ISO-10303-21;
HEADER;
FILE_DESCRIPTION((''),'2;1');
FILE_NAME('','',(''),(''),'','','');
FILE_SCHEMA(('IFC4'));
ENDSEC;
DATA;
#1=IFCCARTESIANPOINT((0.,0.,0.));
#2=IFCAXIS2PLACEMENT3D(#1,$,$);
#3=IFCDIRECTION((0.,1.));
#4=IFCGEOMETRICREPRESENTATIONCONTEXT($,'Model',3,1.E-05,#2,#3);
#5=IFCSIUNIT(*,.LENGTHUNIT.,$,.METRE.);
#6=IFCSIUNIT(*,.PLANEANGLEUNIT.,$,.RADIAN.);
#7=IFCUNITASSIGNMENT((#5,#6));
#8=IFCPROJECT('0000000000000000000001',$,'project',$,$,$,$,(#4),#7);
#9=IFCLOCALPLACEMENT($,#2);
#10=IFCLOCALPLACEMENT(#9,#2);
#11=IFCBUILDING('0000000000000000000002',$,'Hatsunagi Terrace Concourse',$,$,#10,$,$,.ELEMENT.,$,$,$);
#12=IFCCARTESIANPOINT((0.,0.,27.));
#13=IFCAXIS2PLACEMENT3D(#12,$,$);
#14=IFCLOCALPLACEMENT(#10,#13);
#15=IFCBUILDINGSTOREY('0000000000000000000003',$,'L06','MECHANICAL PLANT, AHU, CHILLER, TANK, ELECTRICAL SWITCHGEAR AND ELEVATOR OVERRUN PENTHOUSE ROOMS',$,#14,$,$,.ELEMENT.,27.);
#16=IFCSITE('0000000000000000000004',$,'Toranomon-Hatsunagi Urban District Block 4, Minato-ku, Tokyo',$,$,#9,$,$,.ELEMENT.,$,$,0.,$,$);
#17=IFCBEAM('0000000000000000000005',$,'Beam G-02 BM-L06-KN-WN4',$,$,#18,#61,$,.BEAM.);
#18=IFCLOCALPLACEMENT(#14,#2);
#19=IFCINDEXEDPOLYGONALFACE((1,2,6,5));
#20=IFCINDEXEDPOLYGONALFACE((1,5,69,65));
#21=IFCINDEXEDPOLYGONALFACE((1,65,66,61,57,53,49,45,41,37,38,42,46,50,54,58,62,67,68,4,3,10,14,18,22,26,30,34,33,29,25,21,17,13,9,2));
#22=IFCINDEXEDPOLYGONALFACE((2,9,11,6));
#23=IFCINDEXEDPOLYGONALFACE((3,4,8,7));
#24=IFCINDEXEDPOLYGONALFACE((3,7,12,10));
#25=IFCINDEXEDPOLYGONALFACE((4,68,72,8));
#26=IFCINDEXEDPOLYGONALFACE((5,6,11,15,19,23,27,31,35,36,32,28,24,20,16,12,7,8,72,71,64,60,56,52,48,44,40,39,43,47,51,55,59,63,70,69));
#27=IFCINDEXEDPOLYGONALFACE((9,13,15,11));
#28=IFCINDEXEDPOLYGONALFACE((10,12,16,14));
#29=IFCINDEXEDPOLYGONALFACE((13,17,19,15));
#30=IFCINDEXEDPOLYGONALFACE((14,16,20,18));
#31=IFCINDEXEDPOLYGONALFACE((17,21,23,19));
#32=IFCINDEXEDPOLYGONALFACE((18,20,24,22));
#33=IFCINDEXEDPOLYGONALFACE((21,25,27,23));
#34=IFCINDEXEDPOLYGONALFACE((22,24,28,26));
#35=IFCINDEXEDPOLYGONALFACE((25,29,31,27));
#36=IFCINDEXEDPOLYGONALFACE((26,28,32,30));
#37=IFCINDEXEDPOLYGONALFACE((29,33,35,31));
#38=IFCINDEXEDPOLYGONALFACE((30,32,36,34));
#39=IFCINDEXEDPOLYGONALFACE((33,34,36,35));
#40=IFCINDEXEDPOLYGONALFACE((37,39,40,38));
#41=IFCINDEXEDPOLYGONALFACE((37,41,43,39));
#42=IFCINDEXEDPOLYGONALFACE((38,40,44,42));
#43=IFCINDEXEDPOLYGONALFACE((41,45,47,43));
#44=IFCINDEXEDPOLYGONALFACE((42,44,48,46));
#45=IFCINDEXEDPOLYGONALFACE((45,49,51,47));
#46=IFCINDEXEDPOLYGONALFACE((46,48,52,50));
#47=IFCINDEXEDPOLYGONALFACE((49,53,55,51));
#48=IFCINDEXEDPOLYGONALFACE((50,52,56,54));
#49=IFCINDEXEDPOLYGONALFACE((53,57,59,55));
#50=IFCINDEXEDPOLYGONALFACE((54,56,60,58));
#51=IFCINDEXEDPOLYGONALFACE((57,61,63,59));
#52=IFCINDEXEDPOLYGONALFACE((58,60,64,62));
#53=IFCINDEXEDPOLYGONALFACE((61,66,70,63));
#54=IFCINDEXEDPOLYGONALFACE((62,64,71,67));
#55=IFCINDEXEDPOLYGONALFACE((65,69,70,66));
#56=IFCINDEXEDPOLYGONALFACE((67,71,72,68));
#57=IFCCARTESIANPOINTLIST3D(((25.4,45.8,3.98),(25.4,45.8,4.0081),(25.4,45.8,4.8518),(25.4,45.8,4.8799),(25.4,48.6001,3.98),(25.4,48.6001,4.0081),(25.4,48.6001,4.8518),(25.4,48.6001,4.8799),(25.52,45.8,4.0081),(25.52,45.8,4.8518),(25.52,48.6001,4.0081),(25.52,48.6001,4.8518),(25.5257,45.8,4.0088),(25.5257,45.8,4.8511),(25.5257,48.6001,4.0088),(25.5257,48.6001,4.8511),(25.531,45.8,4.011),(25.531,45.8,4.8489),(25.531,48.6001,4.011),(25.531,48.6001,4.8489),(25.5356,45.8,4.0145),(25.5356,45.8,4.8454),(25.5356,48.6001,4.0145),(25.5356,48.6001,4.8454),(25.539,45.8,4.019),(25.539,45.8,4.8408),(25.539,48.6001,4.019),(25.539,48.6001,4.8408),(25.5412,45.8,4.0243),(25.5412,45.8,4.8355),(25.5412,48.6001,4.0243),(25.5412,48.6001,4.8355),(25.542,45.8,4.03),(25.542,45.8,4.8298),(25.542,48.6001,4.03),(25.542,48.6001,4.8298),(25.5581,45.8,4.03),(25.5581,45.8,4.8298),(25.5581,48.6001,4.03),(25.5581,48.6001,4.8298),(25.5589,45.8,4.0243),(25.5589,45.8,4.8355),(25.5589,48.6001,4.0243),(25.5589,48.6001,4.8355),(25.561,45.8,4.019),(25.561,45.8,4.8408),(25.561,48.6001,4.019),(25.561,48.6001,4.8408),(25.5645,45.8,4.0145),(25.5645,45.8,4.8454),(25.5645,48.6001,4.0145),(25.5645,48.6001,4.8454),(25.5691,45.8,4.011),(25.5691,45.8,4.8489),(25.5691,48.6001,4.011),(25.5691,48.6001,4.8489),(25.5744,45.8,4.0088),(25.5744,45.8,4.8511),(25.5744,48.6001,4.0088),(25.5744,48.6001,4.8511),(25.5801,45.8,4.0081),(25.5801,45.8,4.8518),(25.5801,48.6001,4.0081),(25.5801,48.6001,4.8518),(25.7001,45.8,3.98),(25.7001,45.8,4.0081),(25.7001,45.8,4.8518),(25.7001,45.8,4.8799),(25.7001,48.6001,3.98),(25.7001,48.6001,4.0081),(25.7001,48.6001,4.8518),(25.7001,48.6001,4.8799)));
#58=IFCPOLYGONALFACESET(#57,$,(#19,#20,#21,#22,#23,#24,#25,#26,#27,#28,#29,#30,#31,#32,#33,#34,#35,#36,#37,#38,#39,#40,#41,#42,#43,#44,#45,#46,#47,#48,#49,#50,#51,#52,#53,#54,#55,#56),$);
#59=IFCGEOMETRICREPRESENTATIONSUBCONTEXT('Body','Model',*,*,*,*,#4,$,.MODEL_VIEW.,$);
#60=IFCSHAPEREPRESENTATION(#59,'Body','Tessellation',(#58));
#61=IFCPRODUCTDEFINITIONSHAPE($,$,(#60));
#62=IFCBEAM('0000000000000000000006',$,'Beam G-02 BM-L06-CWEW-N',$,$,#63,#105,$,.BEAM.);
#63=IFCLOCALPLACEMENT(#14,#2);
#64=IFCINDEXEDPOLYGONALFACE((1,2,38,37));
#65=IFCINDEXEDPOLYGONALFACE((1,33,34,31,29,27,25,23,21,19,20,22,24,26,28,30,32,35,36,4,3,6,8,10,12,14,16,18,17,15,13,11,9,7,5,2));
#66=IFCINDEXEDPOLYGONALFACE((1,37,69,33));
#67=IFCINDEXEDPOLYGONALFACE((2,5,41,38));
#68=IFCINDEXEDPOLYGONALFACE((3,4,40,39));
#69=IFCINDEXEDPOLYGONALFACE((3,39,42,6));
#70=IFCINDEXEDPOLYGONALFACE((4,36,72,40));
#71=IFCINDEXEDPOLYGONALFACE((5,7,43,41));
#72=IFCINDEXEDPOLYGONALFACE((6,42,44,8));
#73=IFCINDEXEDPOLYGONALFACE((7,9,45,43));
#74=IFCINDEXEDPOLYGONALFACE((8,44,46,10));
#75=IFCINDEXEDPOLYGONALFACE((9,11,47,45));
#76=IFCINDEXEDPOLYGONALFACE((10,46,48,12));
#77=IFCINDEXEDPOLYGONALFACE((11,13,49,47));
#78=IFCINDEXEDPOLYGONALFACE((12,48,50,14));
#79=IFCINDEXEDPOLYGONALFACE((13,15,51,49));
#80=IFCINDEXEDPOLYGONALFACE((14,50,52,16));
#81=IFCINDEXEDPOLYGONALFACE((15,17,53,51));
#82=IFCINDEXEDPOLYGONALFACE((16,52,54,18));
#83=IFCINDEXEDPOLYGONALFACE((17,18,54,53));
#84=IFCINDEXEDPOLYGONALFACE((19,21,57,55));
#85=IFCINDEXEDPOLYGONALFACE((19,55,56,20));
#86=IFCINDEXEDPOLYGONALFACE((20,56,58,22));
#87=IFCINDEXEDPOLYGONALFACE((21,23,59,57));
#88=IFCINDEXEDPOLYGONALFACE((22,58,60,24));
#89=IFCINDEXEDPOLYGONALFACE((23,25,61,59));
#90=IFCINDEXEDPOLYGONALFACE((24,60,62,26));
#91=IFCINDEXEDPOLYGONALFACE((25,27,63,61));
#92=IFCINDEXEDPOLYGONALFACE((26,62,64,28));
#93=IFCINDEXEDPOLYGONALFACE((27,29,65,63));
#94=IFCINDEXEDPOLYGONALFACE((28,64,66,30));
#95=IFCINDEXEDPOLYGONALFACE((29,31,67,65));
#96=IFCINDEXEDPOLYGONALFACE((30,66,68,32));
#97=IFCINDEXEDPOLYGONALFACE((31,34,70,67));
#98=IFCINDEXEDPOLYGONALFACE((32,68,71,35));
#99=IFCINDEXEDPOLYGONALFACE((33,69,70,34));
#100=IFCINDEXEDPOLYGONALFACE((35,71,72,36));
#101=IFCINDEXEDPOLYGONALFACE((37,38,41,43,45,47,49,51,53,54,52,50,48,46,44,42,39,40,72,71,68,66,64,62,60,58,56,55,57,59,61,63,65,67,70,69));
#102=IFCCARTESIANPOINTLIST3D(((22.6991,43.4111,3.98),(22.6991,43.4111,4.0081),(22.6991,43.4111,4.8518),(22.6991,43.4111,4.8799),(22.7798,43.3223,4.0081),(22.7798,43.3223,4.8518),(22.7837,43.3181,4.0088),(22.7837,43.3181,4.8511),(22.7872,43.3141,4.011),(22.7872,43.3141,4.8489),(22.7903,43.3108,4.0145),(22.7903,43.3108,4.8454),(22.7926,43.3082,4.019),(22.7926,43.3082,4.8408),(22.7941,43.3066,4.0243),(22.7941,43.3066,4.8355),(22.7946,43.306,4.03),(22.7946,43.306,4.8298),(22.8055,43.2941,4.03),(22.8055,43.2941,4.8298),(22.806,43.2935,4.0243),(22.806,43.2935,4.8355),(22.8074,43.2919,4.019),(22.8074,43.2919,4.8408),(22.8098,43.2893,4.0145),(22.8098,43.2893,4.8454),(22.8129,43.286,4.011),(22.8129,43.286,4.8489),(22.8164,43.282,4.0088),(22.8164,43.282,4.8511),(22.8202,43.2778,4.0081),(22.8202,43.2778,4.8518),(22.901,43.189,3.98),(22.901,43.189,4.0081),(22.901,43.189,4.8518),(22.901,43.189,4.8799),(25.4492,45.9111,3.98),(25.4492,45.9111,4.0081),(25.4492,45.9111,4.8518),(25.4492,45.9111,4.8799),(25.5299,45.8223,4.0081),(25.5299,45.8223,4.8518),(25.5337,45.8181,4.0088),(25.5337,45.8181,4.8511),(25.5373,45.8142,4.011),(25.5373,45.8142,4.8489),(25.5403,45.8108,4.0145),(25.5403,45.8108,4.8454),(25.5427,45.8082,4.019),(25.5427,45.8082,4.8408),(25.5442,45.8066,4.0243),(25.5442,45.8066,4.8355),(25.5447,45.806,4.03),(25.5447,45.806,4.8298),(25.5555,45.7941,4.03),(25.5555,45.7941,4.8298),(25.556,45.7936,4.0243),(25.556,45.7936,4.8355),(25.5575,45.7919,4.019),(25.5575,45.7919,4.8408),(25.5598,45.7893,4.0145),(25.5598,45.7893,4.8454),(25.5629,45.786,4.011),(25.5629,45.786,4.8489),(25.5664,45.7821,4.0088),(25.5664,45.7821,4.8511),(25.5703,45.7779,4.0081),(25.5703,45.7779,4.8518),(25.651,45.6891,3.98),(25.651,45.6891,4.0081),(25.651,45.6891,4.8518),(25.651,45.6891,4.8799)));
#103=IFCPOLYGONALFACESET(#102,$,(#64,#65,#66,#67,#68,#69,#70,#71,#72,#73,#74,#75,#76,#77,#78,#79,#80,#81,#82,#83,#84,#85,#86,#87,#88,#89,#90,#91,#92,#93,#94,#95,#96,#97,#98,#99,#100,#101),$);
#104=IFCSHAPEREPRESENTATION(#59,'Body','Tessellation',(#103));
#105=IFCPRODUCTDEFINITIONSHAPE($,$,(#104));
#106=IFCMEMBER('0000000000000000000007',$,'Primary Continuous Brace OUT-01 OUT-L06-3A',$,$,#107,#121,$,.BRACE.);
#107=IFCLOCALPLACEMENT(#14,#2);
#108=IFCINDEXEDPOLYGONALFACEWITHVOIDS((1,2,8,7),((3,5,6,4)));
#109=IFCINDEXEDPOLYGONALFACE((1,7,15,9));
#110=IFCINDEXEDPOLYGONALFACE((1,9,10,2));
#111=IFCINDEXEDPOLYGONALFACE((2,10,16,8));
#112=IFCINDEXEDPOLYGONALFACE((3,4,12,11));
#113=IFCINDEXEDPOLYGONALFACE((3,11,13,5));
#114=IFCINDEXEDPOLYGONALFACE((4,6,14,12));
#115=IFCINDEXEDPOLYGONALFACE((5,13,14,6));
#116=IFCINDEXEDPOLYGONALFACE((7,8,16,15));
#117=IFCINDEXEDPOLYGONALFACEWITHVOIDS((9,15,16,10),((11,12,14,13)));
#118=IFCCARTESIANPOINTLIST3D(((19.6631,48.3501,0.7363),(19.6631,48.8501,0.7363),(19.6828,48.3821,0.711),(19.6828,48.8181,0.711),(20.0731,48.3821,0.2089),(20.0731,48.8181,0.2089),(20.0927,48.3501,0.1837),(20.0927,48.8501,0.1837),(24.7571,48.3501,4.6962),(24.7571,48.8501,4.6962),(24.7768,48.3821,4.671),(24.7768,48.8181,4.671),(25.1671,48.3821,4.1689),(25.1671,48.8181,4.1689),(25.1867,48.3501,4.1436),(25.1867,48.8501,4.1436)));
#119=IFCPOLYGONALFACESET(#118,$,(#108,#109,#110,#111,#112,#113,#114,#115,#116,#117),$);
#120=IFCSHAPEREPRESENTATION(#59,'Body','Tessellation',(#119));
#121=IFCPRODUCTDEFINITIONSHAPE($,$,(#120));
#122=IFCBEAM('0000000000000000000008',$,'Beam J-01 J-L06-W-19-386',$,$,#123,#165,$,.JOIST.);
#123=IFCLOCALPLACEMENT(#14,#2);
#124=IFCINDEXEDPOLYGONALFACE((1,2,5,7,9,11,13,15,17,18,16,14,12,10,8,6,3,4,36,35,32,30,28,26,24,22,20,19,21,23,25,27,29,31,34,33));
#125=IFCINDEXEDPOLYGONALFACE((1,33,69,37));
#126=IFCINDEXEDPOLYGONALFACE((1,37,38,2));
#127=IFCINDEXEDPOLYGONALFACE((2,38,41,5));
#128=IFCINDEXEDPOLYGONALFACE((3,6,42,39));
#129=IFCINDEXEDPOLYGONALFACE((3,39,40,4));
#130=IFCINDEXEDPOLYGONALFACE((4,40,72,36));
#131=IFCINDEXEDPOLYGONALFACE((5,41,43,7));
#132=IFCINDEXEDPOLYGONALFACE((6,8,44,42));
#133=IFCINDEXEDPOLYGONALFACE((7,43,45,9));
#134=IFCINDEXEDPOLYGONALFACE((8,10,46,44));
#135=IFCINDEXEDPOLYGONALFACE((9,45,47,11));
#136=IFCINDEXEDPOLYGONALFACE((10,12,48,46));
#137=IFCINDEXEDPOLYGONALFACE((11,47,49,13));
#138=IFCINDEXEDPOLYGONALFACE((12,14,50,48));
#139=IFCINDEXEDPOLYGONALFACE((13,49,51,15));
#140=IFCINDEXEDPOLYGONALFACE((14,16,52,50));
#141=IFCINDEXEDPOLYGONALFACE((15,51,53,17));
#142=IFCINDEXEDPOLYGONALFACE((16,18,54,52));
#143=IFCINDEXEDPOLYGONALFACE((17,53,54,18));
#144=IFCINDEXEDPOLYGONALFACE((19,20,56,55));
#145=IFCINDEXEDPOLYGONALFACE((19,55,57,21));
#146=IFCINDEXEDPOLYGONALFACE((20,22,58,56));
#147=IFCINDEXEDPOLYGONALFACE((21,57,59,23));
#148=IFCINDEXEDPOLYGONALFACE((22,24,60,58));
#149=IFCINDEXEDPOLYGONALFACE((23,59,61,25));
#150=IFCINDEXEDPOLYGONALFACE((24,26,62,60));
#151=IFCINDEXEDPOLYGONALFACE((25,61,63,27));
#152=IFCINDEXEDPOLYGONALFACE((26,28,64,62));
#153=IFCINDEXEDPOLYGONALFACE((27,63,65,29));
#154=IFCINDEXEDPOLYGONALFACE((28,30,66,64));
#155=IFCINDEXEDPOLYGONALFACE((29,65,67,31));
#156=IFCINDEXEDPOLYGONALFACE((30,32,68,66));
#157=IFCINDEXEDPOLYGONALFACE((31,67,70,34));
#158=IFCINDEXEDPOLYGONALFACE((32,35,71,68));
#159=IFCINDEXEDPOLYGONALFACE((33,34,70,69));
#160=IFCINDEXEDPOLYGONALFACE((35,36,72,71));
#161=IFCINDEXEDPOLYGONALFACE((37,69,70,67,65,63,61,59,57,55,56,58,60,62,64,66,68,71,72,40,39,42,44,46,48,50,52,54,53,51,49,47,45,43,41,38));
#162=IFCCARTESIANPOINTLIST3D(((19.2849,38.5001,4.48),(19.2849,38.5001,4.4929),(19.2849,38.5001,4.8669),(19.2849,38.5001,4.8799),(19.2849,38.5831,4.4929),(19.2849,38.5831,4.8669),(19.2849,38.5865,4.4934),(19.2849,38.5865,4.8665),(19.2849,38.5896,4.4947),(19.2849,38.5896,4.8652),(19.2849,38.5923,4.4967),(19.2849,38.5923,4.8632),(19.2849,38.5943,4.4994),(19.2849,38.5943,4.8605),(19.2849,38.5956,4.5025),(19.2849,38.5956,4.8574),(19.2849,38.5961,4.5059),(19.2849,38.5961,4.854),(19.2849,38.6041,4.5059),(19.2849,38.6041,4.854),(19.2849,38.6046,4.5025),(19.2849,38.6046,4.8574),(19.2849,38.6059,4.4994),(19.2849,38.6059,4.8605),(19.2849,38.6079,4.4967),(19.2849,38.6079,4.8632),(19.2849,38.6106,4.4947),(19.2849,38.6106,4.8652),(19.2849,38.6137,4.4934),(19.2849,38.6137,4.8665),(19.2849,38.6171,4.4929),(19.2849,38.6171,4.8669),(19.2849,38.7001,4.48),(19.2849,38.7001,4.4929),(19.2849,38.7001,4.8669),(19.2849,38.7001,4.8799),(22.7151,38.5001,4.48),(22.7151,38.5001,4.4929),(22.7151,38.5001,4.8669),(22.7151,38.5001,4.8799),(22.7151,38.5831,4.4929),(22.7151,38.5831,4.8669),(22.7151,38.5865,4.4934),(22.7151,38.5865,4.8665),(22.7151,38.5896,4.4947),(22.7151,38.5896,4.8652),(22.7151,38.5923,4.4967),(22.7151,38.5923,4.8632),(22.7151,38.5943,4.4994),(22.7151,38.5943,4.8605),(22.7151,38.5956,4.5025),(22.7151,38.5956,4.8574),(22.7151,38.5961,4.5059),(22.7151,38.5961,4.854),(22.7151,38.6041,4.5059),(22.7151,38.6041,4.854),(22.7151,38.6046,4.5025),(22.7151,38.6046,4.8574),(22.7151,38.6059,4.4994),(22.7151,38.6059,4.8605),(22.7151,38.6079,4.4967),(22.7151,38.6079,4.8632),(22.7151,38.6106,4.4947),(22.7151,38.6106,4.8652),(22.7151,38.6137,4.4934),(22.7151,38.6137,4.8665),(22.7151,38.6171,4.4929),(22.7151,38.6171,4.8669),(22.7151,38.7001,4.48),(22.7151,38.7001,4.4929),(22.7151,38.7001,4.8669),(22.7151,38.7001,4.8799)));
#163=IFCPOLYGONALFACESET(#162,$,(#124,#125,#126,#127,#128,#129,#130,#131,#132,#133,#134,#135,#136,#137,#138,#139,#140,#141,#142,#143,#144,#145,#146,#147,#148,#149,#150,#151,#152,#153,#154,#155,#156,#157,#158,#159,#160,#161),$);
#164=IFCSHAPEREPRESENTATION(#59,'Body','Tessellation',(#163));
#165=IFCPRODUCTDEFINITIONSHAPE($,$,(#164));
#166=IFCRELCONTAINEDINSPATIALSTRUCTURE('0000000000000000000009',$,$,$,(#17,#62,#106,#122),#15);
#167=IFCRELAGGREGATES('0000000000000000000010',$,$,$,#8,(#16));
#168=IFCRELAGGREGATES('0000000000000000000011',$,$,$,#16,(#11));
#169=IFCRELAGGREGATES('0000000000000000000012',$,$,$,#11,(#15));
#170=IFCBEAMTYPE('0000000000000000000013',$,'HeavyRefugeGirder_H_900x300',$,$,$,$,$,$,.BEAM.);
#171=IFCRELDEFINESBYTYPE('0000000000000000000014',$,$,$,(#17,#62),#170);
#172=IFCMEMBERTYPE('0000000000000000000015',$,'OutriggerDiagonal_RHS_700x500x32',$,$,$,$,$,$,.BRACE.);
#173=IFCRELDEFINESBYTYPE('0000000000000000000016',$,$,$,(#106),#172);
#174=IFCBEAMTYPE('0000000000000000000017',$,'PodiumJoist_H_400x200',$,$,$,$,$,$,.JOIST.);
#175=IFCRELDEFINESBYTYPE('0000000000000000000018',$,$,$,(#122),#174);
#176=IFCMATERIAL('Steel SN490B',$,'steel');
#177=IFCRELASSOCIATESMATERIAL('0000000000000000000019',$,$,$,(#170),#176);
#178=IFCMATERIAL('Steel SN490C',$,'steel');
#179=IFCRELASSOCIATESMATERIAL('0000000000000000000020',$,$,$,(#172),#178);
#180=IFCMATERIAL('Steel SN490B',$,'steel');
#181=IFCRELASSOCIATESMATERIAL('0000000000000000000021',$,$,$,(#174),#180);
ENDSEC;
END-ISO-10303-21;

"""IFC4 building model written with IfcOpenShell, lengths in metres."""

from ifc_helpers import new_model, si_unit, direction, frame, origin, origin_2d, place, context, subcontext, project, spatial, hollow_rectangle, i_section, extrude, material, material_profile, profile_set, type_object, element, save


model = new_model("IFC4")

# Units and contexts
model_context = context("Model", 3, precision=1e-05, world=origin(), true_north=direction((0.0, 1.0)))
body_context = subcontext(model_context, "Body", "Model", "MODEL_VIEW")
ifc_project = project(units=[si_unit("LENGTHUNIT", "METRE"), si_unit("PLANEANGLEUNIT", "RADIAN")], contexts=[model_context])

# Site, building, storey
site_placement = place(None, origin())
site = spatial("IfcSite", under=ifc_project, at=site_placement, Name="Toranomon-Hatsunagi Urban District Block 4, Minato-ku, Tokyo", CompositionType="ELEMENT", RefElevation=0.0)
building_placement = place(site_placement, origin())
building = spatial("IfcBuilding", under=site, at=building_placement, Name="Hatsunagi Terrace Concourse", CompositionType="ELEMENT")
storey_placement = place(building_placement, frame((0.0, 0.0, 27.0)))
storey = spatial("IfcBuildingStorey", under=building, at=storey_placement, Name="L06", Description="MECHANICAL PLANT, AHU, CHILLER, TANK, ELECTRICAL SWITCHGEAR AND ELEVATOR OVERRUN PENTHOUSE ROOMS", CompositionType="ELEMENT", Elevation=27.0)

# Beams
ifc_material_1 = material(Name="Steel SN490B", Category="steel")
ifc_material_profile_1 = material_profile(ifc_material_1, i_section(OverallWidth=0.3, OverallDepth=0.8999, WebThickness=0.0161, FlangeThickness=0.0281, FilletRadius=0.022, at=origin_2d()), Name="H-900x300x16x28")
ifc_profile_set_1 = profile_set([ifc_material_profile_1], Name="Steel SN490B")
beam_type_1 = type_object("IfcBeamType", Name="HeavyRefugeGirder_H_900x300", PredefinedType="BEAM", material=ifc_profile_set_1)
beam_1_placement = place(storey_placement, frame((25.55, 45.8, 4.4299), z_axis=(0.0, 1.0, 0.0), x_axis=(-1.0, 0.0, 0.0)))
element("IfcBeam", 1, at=beam_1_placement, inside=storey, type_object=beam_type_1, Name="Beam G-02 BM-L06-KN-WN4", PredefinedType="BEAM", context=body_context, shape_type="SweptSolid", body=[
    extrude(i_section(OverallWidth=0.3, OverallDepth=0.8999, WebThickness=0.0161, FlangeThickness=0.0281, FilletRadius=0.022, at=origin_2d()), origin(), (0.0, 0.0, 1.0), 2.8),
])
beam_2_placement = place(storey_placement, frame((22.8, 43.3, 4.4299), z_axis=(0.73994, 0.672673, 0.0), x_axis=(-0.672673, 0.73994, 0.0)))
element("IfcBeam", 2, at=beam_2_placement, inside=storey, type_object=beam_type_1, Name="Beam G-02 BM-L06-CWEW-N", PredefinedType="BEAM", context=body_context, shape_type="SweptSolid", body=[
    extrude(i_section(OverallWidth=0.3, OverallDepth=0.8999, WebThickness=0.0161, FlangeThickness=0.0281, FilletRadius=0.022, at=origin_2d()), origin(), (0.0, 0.0, 1.0), 3.7166),
])

# Member
ifc_material_2 = material(Name="Steel SN490C", Category="steel")
ifc_material_profile_2 = material_profile(ifc_material_2, hollow_rectangle(XDim=0.5, YDim=0.7, WallThickness=0.032, at=origin_2d()), Name="RHS-700x500x32")
ifc_profile_set_2 = profile_set([ifc_material_profile_2], Name="Steel SN490C")
member_type = type_object("IfcMemberType", Name="OutriggerDiagonal_RHS_700x500x32", PredefinedType="BRACE", material=ifc_profile_set_2)
member_placement = place(storey_placement, frame((19.8779, 48.6001, 0.46), z_axis=(0.789505, 0.0, 0.613744), x_axis=(0.0, 1.0, 0.0)))
element("IfcMember", 3, at=member_placement, inside=storey, type_object=member_type, Name="Primary Continuous Brace OUT-01 OUT-L06-3A", PredefinedType="BRACE", context=body_context, shape_type="SweptSolid", body=[
    extrude(hollow_rectangle(XDim=0.5, YDim=0.7, WallThickness=0.032, at=origin_2d()), origin(), (0.0, 0.0, 1.0), 6.4521),
])

# Beam
ifc_material_3 = material(Name="Steel SN490B", Category="steel")
ifc_material_profile_3 = material_profile(ifc_material_3, i_section(OverallWidth=0.2, OverallDepth=0.3999, WebThickness=0.0081, FlangeThickness=0.0129, FilletRadius=0.0129, at=origin_2d()), Name="H-400x200x8x13")
ifc_profile_set_3 = profile_set([ifc_material_profile_3], Name="Steel SN490B")
beam_type_2 = type_object("IfcBeamType", Name="PodiumJoist_H_400x200", PredefinedType="JOIST", material=ifc_profile_set_3)
for number, where, z_axis, x_axis, name in (
    (4, (19.2849, 38.6001, 4.6799), (1.0, 0.0, 0.0), (0.0, 1.0, 0.0), "Beam J-01 J-L06-W-19-386"),
):
    element("IfcBeam", number, at=place(storey_placement, frame(where, z_axis=z_axis, x_axis=x_axis)), inside=storey, type_object=beam_type_2, Name=name, PredefinedType="JOIST", context=body_context, shape_type="SweptSolid", body=[
        extrude(i_section(OverallWidth=0.2, OverallDepth=0.3999, WebThickness=0.0081, FlangeThickness=0.0129, FilletRadius=0.0129, at=origin_2d()), origin(), (0.0, 0.0, 1.0), 3.4302),
    ])

save(model, "model.ifc")
